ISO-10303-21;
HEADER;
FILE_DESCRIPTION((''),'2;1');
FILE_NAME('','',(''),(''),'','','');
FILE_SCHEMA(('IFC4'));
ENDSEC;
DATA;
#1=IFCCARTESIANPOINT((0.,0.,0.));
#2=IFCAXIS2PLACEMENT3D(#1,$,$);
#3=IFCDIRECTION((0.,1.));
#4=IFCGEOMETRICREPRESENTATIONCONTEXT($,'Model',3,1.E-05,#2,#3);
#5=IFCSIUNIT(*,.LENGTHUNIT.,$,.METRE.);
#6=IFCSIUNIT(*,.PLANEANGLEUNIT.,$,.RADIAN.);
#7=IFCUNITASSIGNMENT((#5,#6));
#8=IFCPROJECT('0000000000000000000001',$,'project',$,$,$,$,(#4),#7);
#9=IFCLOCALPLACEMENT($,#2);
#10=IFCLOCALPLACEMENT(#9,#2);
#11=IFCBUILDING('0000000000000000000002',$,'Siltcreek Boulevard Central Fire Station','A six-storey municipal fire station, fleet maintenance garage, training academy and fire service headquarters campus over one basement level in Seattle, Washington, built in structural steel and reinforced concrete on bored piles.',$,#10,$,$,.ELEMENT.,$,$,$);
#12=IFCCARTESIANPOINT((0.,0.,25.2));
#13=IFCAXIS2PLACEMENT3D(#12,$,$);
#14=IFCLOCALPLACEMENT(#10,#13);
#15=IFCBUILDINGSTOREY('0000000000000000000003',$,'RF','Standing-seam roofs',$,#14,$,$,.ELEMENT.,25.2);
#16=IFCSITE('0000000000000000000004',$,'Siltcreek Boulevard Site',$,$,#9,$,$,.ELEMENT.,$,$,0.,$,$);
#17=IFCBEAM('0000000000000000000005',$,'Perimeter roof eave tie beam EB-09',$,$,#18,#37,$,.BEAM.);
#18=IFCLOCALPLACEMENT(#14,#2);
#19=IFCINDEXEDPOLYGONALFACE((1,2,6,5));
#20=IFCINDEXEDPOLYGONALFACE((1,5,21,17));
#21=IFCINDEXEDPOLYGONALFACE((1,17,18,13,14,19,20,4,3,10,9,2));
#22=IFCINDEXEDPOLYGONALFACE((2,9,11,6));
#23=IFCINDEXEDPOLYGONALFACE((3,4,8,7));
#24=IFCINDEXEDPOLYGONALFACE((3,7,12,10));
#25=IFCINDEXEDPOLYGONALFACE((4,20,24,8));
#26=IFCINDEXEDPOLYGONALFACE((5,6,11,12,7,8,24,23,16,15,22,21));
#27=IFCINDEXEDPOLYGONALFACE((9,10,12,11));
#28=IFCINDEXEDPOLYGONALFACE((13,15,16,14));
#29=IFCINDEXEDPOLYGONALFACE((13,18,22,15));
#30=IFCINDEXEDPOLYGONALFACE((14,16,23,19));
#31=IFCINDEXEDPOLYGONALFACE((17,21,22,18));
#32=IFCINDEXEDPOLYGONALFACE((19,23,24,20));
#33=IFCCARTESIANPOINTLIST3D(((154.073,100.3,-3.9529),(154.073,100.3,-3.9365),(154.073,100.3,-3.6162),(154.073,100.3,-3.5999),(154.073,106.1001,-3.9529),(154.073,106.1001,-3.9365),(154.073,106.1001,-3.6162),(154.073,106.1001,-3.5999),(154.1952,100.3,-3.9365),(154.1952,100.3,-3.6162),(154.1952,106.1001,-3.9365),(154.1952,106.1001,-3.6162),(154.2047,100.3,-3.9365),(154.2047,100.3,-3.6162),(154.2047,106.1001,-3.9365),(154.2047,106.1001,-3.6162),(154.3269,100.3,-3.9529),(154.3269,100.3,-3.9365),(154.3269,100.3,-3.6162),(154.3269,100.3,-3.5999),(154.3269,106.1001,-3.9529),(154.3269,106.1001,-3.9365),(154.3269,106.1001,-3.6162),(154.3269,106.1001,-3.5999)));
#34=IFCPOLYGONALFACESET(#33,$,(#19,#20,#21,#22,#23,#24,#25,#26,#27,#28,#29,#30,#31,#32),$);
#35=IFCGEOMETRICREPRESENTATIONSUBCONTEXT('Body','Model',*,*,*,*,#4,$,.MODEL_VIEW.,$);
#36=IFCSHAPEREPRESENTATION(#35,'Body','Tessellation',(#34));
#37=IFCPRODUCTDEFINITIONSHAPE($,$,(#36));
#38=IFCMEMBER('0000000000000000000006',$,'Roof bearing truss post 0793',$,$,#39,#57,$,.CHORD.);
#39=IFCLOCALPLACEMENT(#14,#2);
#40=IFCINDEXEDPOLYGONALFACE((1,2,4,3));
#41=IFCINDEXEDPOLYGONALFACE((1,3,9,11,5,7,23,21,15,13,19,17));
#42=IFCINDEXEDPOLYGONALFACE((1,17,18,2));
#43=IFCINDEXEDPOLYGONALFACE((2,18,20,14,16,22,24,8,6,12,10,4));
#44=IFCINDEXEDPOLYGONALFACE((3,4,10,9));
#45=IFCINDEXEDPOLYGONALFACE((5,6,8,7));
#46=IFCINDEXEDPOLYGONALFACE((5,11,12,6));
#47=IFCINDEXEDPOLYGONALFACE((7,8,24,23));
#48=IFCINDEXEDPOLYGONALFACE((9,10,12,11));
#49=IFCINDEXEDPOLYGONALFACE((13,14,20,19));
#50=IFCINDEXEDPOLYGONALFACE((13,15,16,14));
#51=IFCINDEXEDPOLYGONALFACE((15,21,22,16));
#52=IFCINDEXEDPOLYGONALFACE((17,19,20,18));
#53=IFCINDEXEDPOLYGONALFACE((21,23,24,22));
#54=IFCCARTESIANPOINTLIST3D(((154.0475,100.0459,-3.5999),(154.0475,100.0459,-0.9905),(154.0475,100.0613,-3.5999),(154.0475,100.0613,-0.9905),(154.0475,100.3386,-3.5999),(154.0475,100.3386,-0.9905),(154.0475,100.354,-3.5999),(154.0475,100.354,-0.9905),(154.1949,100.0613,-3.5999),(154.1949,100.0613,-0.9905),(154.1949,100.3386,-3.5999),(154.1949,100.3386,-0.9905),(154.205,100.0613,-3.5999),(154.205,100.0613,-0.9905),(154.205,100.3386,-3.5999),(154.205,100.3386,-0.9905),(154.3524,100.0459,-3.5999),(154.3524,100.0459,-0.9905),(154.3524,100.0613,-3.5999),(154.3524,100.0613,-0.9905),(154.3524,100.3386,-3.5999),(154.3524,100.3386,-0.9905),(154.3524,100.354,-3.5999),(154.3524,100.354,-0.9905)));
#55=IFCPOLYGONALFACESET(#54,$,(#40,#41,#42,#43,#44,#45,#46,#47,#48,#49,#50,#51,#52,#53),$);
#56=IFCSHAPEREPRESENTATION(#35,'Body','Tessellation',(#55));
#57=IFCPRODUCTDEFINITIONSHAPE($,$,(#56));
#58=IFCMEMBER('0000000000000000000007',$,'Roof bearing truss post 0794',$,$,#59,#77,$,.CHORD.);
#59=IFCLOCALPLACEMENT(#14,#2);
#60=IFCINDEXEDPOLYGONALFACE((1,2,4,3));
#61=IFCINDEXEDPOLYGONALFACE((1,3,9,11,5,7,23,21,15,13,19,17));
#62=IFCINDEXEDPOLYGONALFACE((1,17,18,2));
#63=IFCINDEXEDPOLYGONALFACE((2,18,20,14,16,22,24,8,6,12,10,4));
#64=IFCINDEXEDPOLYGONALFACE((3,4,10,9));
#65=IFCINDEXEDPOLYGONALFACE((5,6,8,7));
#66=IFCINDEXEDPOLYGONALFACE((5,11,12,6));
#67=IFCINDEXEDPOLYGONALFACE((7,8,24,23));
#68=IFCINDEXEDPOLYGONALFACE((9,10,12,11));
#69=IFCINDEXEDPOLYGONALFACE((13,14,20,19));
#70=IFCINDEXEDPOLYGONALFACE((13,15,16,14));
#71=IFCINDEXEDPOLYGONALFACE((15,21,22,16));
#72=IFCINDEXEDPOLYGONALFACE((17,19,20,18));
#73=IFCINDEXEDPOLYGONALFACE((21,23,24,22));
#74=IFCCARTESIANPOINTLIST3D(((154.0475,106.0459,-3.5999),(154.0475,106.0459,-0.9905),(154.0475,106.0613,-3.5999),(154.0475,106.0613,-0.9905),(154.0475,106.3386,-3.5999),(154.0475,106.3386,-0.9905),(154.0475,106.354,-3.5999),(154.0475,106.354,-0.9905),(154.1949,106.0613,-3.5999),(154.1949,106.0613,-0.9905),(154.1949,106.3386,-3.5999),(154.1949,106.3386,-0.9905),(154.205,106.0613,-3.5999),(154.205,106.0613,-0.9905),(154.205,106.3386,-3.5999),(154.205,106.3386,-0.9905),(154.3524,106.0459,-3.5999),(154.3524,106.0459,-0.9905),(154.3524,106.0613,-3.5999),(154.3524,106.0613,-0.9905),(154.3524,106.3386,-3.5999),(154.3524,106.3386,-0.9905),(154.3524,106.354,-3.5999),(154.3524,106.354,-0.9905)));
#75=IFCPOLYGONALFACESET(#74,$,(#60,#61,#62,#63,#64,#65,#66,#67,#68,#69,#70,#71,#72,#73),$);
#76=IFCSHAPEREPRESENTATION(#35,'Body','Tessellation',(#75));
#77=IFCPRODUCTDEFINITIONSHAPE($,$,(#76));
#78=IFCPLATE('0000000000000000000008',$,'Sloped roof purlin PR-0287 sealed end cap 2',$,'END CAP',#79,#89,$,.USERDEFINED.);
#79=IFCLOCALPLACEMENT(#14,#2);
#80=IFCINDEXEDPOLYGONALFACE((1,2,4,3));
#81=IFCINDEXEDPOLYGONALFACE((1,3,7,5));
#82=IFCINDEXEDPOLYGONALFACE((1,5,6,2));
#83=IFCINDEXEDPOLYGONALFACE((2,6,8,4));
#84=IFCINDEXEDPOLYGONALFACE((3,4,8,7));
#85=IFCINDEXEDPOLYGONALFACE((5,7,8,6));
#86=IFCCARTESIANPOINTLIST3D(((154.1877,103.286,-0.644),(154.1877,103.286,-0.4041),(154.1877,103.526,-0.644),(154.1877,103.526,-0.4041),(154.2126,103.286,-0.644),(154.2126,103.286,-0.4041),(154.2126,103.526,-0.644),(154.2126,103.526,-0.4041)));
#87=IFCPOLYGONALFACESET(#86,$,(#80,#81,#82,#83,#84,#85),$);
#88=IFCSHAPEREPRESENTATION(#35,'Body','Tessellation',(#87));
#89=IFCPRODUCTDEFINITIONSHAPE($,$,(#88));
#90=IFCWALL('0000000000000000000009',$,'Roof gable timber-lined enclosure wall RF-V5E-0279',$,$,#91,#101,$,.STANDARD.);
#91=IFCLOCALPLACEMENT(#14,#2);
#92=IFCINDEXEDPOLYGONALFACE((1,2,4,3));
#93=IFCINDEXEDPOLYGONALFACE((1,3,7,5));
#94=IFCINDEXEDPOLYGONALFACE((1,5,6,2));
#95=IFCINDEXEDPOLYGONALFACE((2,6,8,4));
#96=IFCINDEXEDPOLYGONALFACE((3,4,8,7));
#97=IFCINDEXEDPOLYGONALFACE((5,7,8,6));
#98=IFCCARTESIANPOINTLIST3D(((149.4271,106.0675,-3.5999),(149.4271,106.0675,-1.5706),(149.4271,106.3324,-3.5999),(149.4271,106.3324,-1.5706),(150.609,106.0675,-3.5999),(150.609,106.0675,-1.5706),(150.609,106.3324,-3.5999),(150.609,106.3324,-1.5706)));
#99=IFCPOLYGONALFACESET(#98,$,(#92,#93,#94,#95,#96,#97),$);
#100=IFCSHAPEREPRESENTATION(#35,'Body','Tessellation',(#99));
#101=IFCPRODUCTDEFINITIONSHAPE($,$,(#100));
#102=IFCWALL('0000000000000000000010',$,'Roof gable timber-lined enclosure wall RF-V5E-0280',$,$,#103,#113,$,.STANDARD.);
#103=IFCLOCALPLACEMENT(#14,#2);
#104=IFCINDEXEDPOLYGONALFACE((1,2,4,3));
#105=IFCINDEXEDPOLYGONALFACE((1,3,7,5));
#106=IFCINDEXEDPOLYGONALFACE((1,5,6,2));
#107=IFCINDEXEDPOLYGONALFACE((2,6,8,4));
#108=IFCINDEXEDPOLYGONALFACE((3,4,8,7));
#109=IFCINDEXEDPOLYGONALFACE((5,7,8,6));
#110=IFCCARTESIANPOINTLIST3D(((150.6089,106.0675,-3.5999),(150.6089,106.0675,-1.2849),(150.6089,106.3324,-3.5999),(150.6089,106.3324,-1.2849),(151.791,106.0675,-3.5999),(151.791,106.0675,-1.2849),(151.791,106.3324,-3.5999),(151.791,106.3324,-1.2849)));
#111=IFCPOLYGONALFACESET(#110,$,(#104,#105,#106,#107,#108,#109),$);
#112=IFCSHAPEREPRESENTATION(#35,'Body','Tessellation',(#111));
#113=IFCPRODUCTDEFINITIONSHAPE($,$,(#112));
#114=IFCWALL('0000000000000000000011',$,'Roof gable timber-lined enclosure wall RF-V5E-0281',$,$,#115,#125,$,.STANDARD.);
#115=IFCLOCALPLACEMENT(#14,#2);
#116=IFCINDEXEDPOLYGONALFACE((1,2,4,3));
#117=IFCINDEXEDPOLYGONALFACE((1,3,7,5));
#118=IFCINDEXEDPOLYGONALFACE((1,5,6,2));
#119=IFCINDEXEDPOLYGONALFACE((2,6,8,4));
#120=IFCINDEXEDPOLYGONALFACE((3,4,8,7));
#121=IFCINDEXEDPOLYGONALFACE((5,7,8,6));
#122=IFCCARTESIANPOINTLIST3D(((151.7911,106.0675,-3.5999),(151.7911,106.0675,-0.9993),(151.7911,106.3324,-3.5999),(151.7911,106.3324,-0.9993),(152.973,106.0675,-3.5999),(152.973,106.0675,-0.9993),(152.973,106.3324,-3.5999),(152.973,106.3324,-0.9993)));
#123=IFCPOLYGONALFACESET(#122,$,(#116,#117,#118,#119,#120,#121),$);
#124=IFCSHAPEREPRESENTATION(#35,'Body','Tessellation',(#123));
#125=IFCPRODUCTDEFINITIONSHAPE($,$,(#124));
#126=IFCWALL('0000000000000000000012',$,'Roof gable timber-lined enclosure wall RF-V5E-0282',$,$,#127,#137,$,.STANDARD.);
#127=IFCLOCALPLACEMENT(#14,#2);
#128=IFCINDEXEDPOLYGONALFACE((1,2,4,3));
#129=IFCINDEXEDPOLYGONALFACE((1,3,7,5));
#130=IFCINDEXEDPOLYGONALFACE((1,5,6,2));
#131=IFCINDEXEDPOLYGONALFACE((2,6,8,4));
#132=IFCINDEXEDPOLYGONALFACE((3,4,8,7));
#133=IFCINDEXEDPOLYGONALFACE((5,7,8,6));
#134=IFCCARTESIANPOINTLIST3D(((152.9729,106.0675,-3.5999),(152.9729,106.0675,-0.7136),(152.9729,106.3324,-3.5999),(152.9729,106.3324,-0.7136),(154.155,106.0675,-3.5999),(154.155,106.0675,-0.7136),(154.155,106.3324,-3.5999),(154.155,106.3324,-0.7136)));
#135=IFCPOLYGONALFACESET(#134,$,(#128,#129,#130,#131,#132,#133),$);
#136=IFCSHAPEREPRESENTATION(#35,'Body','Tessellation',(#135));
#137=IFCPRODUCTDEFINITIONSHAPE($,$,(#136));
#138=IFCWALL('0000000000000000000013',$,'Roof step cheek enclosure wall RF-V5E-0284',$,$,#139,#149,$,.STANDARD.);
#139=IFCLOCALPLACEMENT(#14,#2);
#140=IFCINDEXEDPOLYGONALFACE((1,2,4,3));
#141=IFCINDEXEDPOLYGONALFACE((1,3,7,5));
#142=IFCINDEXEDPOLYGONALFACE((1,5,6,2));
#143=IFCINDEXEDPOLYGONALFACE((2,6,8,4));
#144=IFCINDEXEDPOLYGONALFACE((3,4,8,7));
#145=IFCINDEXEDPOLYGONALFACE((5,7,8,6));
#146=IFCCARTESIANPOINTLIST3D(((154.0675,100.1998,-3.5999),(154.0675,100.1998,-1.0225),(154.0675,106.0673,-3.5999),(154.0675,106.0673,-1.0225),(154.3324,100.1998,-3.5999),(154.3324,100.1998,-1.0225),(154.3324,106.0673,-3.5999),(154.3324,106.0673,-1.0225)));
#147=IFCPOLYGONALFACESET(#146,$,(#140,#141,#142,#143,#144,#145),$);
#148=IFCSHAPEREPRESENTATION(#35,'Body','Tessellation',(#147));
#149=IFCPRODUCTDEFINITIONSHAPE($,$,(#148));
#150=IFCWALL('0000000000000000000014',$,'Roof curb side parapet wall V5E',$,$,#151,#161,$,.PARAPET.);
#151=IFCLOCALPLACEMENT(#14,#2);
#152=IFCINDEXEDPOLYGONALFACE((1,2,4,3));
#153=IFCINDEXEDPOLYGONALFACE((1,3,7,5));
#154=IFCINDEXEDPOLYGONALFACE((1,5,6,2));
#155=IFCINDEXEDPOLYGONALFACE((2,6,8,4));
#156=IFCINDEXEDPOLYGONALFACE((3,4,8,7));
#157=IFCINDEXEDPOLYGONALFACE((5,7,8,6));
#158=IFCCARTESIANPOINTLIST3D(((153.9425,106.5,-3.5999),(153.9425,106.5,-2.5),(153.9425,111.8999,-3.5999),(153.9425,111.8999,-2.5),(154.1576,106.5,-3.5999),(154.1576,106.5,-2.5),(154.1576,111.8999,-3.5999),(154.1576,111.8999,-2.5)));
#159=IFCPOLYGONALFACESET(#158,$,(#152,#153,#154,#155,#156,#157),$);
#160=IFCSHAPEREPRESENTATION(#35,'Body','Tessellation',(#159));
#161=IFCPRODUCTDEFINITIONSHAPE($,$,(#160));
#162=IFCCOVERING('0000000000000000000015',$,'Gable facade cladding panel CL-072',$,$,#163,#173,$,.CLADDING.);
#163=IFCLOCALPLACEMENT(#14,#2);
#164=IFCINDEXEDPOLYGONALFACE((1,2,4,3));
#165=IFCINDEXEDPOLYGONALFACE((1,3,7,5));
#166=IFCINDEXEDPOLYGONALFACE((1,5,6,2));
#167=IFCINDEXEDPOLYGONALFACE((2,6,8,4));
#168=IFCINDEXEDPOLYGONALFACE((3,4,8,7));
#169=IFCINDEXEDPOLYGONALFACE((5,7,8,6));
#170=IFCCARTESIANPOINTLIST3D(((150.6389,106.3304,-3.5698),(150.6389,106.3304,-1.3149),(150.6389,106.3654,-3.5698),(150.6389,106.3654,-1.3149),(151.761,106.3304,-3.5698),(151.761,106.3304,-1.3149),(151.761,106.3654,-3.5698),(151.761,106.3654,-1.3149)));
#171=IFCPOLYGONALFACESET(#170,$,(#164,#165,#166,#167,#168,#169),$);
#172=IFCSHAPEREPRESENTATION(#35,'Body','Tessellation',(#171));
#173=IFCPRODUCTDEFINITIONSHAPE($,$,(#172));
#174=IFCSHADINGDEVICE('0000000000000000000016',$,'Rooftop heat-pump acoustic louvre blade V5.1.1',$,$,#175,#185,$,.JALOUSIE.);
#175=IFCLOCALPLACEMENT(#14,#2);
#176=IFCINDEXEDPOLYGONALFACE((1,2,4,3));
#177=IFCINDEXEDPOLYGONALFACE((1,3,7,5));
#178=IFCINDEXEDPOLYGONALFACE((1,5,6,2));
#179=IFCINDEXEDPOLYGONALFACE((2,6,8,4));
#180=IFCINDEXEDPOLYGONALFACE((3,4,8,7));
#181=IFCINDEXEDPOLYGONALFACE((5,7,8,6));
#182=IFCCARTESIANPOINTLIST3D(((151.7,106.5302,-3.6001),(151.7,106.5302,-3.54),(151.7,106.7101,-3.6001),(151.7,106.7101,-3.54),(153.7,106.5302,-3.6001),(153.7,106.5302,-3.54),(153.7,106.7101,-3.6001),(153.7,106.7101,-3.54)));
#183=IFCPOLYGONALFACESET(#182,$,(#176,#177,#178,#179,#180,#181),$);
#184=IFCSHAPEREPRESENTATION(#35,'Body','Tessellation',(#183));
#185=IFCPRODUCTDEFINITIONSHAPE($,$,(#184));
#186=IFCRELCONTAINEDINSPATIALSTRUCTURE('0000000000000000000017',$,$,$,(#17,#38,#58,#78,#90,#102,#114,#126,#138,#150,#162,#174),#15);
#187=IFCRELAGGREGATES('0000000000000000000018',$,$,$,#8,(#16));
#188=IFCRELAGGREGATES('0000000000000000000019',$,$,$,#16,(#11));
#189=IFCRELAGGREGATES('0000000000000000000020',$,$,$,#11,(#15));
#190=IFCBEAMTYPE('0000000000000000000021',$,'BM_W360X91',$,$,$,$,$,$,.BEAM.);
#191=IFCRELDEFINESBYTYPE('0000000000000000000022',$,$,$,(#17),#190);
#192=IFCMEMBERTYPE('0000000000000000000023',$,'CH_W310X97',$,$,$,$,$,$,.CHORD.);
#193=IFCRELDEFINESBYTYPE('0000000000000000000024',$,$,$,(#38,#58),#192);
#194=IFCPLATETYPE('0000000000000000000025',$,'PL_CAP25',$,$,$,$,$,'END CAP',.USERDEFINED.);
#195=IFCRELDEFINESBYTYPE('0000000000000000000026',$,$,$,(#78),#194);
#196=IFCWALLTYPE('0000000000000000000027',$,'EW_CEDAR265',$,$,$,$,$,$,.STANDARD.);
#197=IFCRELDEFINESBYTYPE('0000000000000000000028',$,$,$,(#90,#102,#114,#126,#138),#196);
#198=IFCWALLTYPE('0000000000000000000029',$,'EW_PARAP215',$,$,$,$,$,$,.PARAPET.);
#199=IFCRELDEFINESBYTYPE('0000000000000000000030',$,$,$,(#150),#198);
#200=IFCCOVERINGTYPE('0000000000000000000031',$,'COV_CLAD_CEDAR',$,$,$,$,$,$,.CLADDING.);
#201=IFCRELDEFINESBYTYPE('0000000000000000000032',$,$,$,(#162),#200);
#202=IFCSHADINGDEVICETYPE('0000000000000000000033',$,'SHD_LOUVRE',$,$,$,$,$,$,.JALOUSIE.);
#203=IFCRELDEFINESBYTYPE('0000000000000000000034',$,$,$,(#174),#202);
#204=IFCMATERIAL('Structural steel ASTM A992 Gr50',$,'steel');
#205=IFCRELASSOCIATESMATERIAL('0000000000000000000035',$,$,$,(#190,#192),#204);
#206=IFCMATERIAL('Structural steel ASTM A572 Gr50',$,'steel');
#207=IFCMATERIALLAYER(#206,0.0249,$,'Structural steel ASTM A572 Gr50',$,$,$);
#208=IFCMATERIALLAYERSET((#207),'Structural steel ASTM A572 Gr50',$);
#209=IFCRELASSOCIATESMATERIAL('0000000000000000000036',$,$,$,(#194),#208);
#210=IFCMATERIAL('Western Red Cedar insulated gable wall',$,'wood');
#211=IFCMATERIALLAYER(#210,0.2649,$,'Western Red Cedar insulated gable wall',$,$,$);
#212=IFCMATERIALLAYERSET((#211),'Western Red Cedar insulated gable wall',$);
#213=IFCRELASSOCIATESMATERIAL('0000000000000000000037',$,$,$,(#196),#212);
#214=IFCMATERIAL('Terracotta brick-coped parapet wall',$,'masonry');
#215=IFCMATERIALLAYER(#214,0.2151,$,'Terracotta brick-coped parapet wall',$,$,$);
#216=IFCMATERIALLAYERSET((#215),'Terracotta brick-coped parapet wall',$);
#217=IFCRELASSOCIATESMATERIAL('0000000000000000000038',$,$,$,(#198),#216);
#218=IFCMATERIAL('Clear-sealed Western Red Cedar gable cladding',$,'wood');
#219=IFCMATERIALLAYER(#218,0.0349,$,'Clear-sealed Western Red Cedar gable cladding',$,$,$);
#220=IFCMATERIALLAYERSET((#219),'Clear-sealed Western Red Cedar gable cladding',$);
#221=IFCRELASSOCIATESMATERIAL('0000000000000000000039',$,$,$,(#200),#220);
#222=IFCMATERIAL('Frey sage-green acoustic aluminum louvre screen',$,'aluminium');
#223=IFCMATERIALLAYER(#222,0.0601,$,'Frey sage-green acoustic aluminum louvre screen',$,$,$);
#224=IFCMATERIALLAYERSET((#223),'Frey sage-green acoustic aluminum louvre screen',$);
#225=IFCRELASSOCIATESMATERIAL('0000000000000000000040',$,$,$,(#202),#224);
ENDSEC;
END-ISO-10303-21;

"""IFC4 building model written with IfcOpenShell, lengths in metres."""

from ifc_helpers import new_model, si_unit, direction, frame, frame_2d, origin, origin_2d, place, context, subcontext, project, spatial, rectangle, i_section, extrude, material, layer, layer_set, material_profile, profile_set, type_object, element, save


model = new_model("IFC4")

# Units and contexts
model_context = context("Model", 3, precision=1e-05, world=origin(), true_north=direction((0.0, 1.0)))
body_context = subcontext(model_context, "Body", "Model", "MODEL_VIEW")
ifc_project = project(units=[si_unit("LENGTHUNIT", "METRE"), si_unit("PLANEANGLEUNIT", "RADIAN")], contexts=[model_context])

# Site, building, storey
site_placement = place(None, origin())
site = spatial("IfcSite", under=ifc_project, at=site_placement, Name="Siltcreek Boulevard Site", CompositionType="ELEMENT", RefElevation=0.0)
building_placement = place(site_placement, origin())
building = spatial("IfcBuilding", under=site, at=building_placement, Name="Siltcreek Boulevard Central Fire Station", Description="A six-storey municipal fire station, fleet maintenance garage, training academy and fire service headquarters campus over one basement level in Seattle, Washington, built in structural steel and reinforced concrete on bored piles.", CompositionType="ELEMENT")
storey_placement = place(building_placement, frame((0.0, 0.0, 25.2)))
storey = spatial("IfcBuildingStorey", under=building, at=storey_placement, Name="RF", Description="Standing-seam roofs", CompositionType="ELEMENT", Elevation=25.2)

# Beam
ifc_material_1 = material(Name="Structural steel ASTM A992 Gr50", Category="steel")
ifc_material_profile_1 = material_profile(ifc_material_1, i_section(OverallWidth=0.2539, OverallDepth=0.353, WebThickness=0.0095, FlangeThickness=0.0164, at=origin_2d()), Name="W360X91")
ifc_profile_set_1 = profile_set([ifc_material_profile_1], Name="Structural steel ASTM A992 Gr50")
beam_type = type_object("IfcBeamType", Name="BM_W360X91", PredefinedType="BEAM", material=ifc_profile_set_1)
beam_placement = place(storey_placement, frame((154.2, 100.3, -3.7764), z_axis=(0.0, 1.0, 0.0), x_axis=(-1.0, 0.0, 0.0)))
element("IfcBeam", 1, at=beam_placement, inside=storey, type_object=beam_type, Name="Perimeter roof eave tie beam EB-09", PredefinedType="BEAM", context=body_context, shape_type="SweptSolid", body=[
    extrude(i_section(OverallWidth=0.2539, OverallDepth=0.353, WebThickness=0.0095, FlangeThickness=0.0164, at=origin_2d()), origin(), (0.0, 0.0, 1.0), 5.8),
])

# Members
ifc_material_profile_2 = material_profile(ifc_material_1, i_section(OverallWidth=0.3049, OverallDepth=0.3081, WebThickness=0.01, FlangeThickness=0.0154, at=origin_2d()), Name="W310X97")
ifc_profile_set_2 = profile_set([ifc_material_profile_2], Name="Structural steel ASTM A992 Gr50")
member_type = type_object("IfcMemberType", Name="CH_W310X97", PredefinedType="CHORD", material=ifc_profile_set_2)
for number, where, z_axis, x_axis, name in (
    (2, (154.2, 100.2, -3.5999), (0.0, 0.0, 1.0), (1.0, 0.0, 0.0), "Roof bearing truss post 0793"),
    (3, (154.2, 106.2, -3.5999), (0.0, 0.0, 1.0), (1.0, 0.0, 0.0), "Roof bearing truss post 0794"),
):
    element("IfcMember", number, at=place(storey_placement, frame(where, z_axis=z_axis, x_axis=x_axis)), inside=storey, type_object=member_type, Name=name, PredefinedType="CHORD", context=body_context, shape_type="SweptSolid", body=[
        extrude(i_section(OverallWidth=0.3049, OverallDepth=0.3081, WebThickness=0.01, FlangeThickness=0.0154, at=origin_2d()), origin(), (0.0, 0.0, 1.0), 2.6094),
    ])

# Plate
ifc_material_2 = material(Name="Structural steel ASTM A572 Gr50", Category="steel")
ifc_layer_1 = layer(ifc_material_2, 0.0249, Name="Structural steel ASTM A572 Gr50")
ifc_layer_set_1 = layer_set([ifc_layer_1], Name="Structural steel ASTM A572 Gr50")
plate_type = type_object("IfcPlateType", Name="PL_CAP25", ElementType="END CAP", PredefinedType="USERDEFINED", material=ifc_layer_set_1)
plate_placement = place(storey_placement, frame((154.2002, 103.406, -0.644), z_axis=(0.0, 0.0, 1.0), x_axis=(1.0, 0.0, 0.0)))
element("IfcPlate", 4, at=plate_placement, inside=storey, type_object=plate_type, Name="Sloped roof purlin PR-0287 sealed end cap 2", ObjectType="END CAP", PredefinedType="USERDEFINED", context=body_context, shape_type="SweptSolid", body=[
    extrude(rectangle(XDim=0.0249, YDim=0.24, at=origin_2d()), origin(), (0.0, 0.0, 1.0), 0.24),
])

# Walls
ifc_material_3 = material(Name="Western Red Cedar insulated gable wall", Category="wood")
ifc_layer_2 = layer(ifc_material_3, 0.2649, Name="Western Red Cedar insulated gable wall")
ifc_layer_set_2 = layer_set([ifc_layer_2], Name="Western Red Cedar insulated gable wall")
wall_type_1 = type_object("IfcWallType", Name="EW_CEDAR265", PredefinedType="STANDARD", material=ifc_layer_set_2)
wall_1_placement = place(storey_placement, frame((150.6089, 106.2, -3.5999), z_axis=(0.0, 0.0, 1.0), x_axis=(-1.0, 0.0, 0.0)))
element("IfcWall", 5, at=wall_1_placement, inside=storey, type_object=wall_type_1, Name="Roof gable timber-lined enclosure wall RF-V5E-0279", PredefinedType="STANDARD", context=body_context, shape_type="SweptSolid", body=[
    extrude(rectangle(XDim=1.1819, YDim=0.2649, at=frame_2d((0.5908, 0.0))), origin(), (0.0, 0.0, 1.0), 2.0293),
])
wall_2_placement = place(storey_placement, frame((151.791, 106.2, -3.5999), z_axis=(0.0, 0.0, 1.0), x_axis=(-1.0, 0.0, 0.0)))
element("IfcWall", 6, at=wall_2_placement, inside=storey, type_object=wall_type_1, Name="Roof gable timber-lined enclosure wall RF-V5E-0280", PredefinedType="STANDARD", context=body_context, shape_type="SweptSolid", body=[
    extrude(rectangle(XDim=1.1821, YDim=0.2649, at=frame_2d((0.5911, 0.0))), origin(), (0.0, 0.0, 1.0), 2.3149),
])
wall_3_placement = place(storey_placement, frame((152.9729, 106.2, -3.5999), z_axis=(0.0, 0.0, 1.0), x_axis=(-1.0, 0.0, 0.0)))
element("IfcWall", 7, at=wall_3_placement, inside=storey, type_object=wall_type_1, Name="Roof gable timber-lined enclosure wall RF-V5E-0281", PredefinedType="STANDARD", context=body_context, shape_type="SweptSolid", body=[
    extrude(rectangle(XDim=1.1819, YDim=0.2649, at=frame_2d((0.5908, 0.0))), origin(), (0.0, 0.0, 1.0), 2.6006),
])
wall_4_placement = place(storey_placement, frame((154.155, 106.2, -3.5999), z_axis=(0.0, 0.0, 1.0), x_axis=(-1.0, 0.0, 0.0)))
element("IfcWall", 8, at=wall_4_placement, inside=storey, type_object=wall_type_1, Name="Roof gable timber-lined enclosure wall RF-V5E-0282", PredefinedType="STANDARD", context=body_context, shape_type="SweptSolid", body=[
    extrude(rectangle(XDim=1.1821, YDim=0.2649, at=frame_2d((0.5911, 0.0))), origin(), (0.0, 0.0, 1.0), 2.8862),
])
wall_5_placement = place(storey_placement, frame((154.2, 100.2, -3.5999), z_axis=(0.0, 0.0, 1.0), x_axis=(0.0, 1.0, 0.0)))
element("IfcWall", 9, at=wall_5_placement, inside=storey, type_object=wall_type_1, Name="Roof step cheek enclosure wall RF-V5E-0284", PredefinedType="STANDARD", context=body_context, shape_type="SweptSolid", body=[
    extrude(rectangle(XDim=5.8674, YDim=0.2649, at=frame_2d((2.9336, 0.0))), origin(), (0.0, 0.0, 1.0), 2.5774),
])
ifc_material_4 = material(Name="Terracotta brick-coped parapet wall", Category="masonry")
ifc_layer_3 = layer(ifc_material_4, 0.2151, Name="Terracotta brick-coped parapet wall")
ifc_layer_set_3 = layer_set([ifc_layer_3], Name="Terracotta brick-coped parapet wall")
wall_type_2 = type_object("IfcWallType", Name="EW_PARAP215", PredefinedType="PARAPET", material=ifc_layer_set_3)
wall_6_placement = place(storey_placement, frame((154.05, 106.5, -3.5999), z_axis=(0.0, 0.0, 1.0), x_axis=(0.0, 1.0, 0.0)))
element("IfcWall", 10, at=wall_6_placement, inside=storey, type_object=wall_type_2, Name="Roof curb side parapet wall V5E", PredefinedType="PARAPET", context=body_context, shape_type="SweptSolid", body=[
    extrude(rectangle(XDim=5.3999, YDim=0.2151, at=frame_2d((2.7, 0.0))), origin(), (0.0, 0.0, 1.0), 1.0999),
])

# Covering
ifc_material_5 = material(Name="Clear-sealed Western Red Cedar gable cladding", Category="wood")
ifc_layer_4 = layer(ifc_material_5, 0.0349, Name="Clear-sealed Western Red Cedar gable cladding")
ifc_layer_set_4 = layer_set([ifc_layer_4], Name="Clear-sealed Western Red Cedar gable cladding")
covering_type = type_object("IfcCoveringType", Name="COV_CLAD_CEDAR", PredefinedType="CLADDING", material=ifc_layer_set_4)
covering_placement = place(storey_placement, frame((151.2, 106.3479, -3.5698), z_axis=(0.0, 0.0, 1.0), x_axis=(-1.0, 0.0, 0.0)))
element("IfcCovering", 11, at=covering_placement, inside=storey, type_object=covering_type, Name="Gable facade cladding panel CL-072", PredefinedType="CLADDING", context=body_context, shape_type="SweptSolid", body=[
    extrude(rectangle(XDim=1.1221, YDim=0.0349, at=origin_2d()), origin(), (0.0, 0.0, 1.0), 2.2549),
])

# Shading device
ifc_material_6 = material(Name="Frey sage-green acoustic aluminum louvre screen", Category="aluminium")
ifc_layer_5 = layer(ifc_material_6, 0.0601, Name="Frey sage-green acoustic aluminum louvre screen")
ifc_layer_set_5 = layer_set([ifc_layer_5], Name="Frey sage-green acoustic aluminum louvre screen")
shading_device_type = type_object("IfcShadingDeviceType", Name="SHD_LOUVRE", PredefinedType="JALOUSIE", material=ifc_layer_set_5)
for number, where, z_axis, x_axis, name in (
    (12, (152.7, 106.6201, -3.6001), (0.0, 0.0, 1.0), (1.0, 0.0, 0.0), "Rooftop heat-pump acoustic louvre blade V5.1.1"),
):
    element("IfcShadingDevice", number, at=place(storey_placement, frame(where, z_axis=z_axis, x_axis=x_axis)), inside=storey, type_object=shading_device_type, Name=name, PredefinedType="JALOUSIE", context=body_context, shape_type="SweptSolid", body=[
        extrude(rectangle(XDim=2.0, YDim=0.1799, at=origin_2d()), origin(), (0.0, 0.0, 1.0), 0.0601),
    ])

save(model, "model.ifc")
